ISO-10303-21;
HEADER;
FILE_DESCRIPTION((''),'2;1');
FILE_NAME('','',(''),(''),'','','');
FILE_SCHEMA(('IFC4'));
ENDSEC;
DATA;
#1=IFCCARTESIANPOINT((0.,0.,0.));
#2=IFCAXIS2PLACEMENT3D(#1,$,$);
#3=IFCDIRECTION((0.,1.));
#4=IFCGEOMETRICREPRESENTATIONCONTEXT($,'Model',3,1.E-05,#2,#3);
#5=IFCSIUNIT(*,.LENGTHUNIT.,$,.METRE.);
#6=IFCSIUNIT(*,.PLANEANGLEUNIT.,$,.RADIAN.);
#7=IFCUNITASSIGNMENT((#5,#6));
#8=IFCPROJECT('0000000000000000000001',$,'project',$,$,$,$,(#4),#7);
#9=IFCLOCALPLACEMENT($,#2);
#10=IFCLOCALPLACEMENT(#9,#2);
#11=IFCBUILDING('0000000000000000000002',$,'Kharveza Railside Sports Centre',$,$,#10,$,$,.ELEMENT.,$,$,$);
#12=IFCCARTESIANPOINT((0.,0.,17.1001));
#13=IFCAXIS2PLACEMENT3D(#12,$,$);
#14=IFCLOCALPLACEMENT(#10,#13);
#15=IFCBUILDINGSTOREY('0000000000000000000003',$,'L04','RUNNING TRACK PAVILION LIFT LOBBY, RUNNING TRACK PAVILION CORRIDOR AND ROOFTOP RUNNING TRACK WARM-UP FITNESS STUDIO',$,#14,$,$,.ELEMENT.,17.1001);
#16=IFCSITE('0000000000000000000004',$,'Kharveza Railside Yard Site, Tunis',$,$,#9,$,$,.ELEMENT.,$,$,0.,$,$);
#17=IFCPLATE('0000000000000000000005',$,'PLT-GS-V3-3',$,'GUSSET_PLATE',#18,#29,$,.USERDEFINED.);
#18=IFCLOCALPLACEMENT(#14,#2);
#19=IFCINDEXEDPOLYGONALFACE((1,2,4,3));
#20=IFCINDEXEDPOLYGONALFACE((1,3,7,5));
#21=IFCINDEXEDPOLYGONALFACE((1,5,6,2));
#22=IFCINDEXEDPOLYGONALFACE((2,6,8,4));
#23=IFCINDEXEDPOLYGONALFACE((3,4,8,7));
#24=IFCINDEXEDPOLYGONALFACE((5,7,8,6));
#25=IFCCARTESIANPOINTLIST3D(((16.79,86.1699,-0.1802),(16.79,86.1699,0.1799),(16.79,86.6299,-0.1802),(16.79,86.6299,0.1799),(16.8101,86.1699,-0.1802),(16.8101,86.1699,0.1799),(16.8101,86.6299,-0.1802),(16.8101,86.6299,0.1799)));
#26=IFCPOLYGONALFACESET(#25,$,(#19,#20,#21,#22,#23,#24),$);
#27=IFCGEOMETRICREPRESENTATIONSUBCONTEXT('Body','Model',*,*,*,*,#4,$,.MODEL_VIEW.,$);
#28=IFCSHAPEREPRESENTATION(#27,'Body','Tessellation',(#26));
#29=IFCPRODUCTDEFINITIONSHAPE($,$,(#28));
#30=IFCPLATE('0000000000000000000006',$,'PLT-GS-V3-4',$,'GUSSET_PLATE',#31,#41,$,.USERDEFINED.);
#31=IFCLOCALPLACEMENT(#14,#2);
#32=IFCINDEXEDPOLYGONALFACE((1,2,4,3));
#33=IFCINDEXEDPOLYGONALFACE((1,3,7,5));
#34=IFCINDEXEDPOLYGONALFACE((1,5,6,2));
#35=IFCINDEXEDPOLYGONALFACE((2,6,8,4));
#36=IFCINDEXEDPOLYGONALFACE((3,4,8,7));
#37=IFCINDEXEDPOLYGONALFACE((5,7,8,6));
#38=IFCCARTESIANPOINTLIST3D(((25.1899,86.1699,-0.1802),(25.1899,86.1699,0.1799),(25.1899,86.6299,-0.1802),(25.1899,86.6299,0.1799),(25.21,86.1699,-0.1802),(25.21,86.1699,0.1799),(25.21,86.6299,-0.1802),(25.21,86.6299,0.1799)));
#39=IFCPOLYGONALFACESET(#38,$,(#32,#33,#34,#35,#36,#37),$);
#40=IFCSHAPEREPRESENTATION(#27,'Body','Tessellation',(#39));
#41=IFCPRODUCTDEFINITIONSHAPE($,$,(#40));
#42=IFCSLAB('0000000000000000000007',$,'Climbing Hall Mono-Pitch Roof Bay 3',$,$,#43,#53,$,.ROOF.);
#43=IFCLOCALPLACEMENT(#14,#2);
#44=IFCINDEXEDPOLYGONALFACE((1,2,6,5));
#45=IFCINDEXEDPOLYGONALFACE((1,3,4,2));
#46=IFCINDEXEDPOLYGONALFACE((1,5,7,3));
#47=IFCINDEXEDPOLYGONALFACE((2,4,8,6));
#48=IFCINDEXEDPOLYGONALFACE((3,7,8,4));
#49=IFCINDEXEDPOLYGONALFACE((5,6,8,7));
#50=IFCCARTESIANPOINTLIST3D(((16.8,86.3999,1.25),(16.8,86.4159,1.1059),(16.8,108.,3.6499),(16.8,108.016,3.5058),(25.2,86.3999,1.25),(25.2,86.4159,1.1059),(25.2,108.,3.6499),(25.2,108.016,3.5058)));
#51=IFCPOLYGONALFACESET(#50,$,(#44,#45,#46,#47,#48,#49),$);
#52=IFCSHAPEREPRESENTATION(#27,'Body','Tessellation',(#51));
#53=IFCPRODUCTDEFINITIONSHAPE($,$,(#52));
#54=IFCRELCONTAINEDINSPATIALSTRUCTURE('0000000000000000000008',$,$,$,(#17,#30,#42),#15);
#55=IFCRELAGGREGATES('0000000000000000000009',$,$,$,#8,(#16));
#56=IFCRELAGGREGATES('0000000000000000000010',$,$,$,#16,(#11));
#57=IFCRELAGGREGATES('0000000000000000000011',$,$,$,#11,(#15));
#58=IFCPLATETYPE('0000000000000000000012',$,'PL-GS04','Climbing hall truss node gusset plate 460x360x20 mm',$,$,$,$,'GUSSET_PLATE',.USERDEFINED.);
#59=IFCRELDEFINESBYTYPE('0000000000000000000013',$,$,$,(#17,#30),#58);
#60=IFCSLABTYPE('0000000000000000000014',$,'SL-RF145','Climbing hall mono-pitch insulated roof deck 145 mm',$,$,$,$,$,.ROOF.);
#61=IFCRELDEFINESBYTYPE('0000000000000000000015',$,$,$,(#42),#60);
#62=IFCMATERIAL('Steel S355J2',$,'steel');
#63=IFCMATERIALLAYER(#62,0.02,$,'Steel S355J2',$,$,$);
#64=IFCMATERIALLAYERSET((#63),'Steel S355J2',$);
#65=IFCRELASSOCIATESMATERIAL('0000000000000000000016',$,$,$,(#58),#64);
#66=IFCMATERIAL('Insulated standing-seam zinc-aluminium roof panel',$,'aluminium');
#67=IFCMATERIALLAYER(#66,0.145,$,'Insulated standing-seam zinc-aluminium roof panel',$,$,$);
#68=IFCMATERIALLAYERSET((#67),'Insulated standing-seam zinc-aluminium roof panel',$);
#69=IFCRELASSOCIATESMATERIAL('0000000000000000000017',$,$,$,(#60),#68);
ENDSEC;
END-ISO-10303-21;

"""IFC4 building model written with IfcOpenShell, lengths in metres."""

from ifc_helpers import new_model, si_unit, direction, frame, origin, origin_2d, place, context, subcontext, project, spatial, polyline, rectangle, outline, extrude, material, layer, layer_set, type_object, element, save


model = new_model("IFC4")

# Units and contexts
model_context = context("Model", 3, precision=1e-05, world=origin(), true_north=direction((0.0, 1.0)))
body_context = subcontext(model_context, "Body", "Model", "MODEL_VIEW")
ifc_project = project(units=[si_unit("LENGTHUNIT", "METRE"), si_unit("PLANEANGLEUNIT", "RADIAN")], contexts=[model_context])

# Site, building, storey
site_placement = place(None, origin())
site = spatial("IfcSite", under=ifc_project, at=site_placement, Name="Kharveza Railside Yard Site, Tunis", CompositionType="ELEMENT", RefElevation=0.0)
building_placement = place(site_placement, origin())
building = spatial("IfcBuilding", under=site, at=building_placement, Name="Kharveza Railside Sports Centre", CompositionType="ELEMENT")
storey_placement = place(building_placement, frame((0.0, 0.0, 17.1001)))
storey = spatial("IfcBuildingStorey", under=building, at=storey_placement, Name="L04", Description="RUNNING TRACK PAVILION LIFT LOBBY, RUNNING TRACK PAVILION CORRIDOR AND ROOFTOP RUNNING TRACK WARM-UP FITNESS STUDIO", CompositionType="ELEMENT", Elevation=17.1001)

# Shared definitions
ifc_material_1 = material(Name="Steel S355J2", Category="steel")

# Plates
ifc_layer_1 = layer(ifc_material_1, 0.02, Name="Steel S355J2")
ifc_layer_set_1 = layer_set([ifc_layer_1], Name="Steel S355J2")
plate_type_1 = type_object("IfcPlateType", Name="PL-GS04", Description="Climbing hall truss node gusset plate 460x360x20 mm", ElementType="GUSSET_PLATE", PredefinedType="USERDEFINED", material=ifc_layer_set_1)
for number, where, z_axis, x_axis, name in (
    (1, (16.8, 86.3999, -0.1802), (0.0, 0.0, 1.0), (1.0, 0.0, 0.0), "PLT-GS-V3-3"),
    (2, (25.2, 86.3999, -0.1802), (0.0, 0.0, 1.0), (1.0, 0.0, 0.0), "PLT-GS-V3-4"),
):
    element("IfcPlate", number, at=place(storey_placement, frame(where, z_axis=z_axis, x_axis=x_axis)), inside=storey, type_object=plate_type_1, Name=name, ObjectType="GUSSET_PLATE", PredefinedType="USERDEFINED", context=body_context, shape_type="SweptSolid", body=[
        extrude(rectangle(XDim=0.02, YDim=0.46, at=origin_2d()), origin(), (0.0, 0.0, 1.0), 0.3601),
    ])

# Slab
ifc_material_2 = material(Name="Insulated standing-seam zinc-aluminium roof panel", Category="aluminium")
ifc_layer_2 = layer(ifc_material_2, 0.145, Name="Insulated standing-seam zinc-aluminium roof panel")
ifc_layer_set_2 = layer_set([ifc_layer_2], Name="Insulated standing-seam zinc-aluminium roof panel")
slab_type = type_object("IfcSlabType", Name="SL-RF145", Description="Climbing hall mono-pitch insulated roof deck 145 mm", PredefinedType="ROOF", material=ifc_layer_set_2)
slab_placement = place(storey_placement, frame((16.8, 86.3999, 1.25), z_axis=(0.0, -0.110427, 0.993884), x_axis=(1.0, 0.0, 0.0)))
element("IfcSlab", 3, at=slab_placement, inside=storey, type_object=slab_type, Name="Climbing Hall Mono-Pitch Roof Bay 3", PredefinedType="ROOF", context=body_context, shape_type="SweptSolid", body=[
    extrude(outline(polyline([(0.0, 0.0), (8.3999, 0.0), (8.3999, 21.733), (0.0, 21.733), (0.0, 0.0)])), origin(), (0.0, 0.0, -1.0), 0.145),
])

save(model, "model.ifc")
